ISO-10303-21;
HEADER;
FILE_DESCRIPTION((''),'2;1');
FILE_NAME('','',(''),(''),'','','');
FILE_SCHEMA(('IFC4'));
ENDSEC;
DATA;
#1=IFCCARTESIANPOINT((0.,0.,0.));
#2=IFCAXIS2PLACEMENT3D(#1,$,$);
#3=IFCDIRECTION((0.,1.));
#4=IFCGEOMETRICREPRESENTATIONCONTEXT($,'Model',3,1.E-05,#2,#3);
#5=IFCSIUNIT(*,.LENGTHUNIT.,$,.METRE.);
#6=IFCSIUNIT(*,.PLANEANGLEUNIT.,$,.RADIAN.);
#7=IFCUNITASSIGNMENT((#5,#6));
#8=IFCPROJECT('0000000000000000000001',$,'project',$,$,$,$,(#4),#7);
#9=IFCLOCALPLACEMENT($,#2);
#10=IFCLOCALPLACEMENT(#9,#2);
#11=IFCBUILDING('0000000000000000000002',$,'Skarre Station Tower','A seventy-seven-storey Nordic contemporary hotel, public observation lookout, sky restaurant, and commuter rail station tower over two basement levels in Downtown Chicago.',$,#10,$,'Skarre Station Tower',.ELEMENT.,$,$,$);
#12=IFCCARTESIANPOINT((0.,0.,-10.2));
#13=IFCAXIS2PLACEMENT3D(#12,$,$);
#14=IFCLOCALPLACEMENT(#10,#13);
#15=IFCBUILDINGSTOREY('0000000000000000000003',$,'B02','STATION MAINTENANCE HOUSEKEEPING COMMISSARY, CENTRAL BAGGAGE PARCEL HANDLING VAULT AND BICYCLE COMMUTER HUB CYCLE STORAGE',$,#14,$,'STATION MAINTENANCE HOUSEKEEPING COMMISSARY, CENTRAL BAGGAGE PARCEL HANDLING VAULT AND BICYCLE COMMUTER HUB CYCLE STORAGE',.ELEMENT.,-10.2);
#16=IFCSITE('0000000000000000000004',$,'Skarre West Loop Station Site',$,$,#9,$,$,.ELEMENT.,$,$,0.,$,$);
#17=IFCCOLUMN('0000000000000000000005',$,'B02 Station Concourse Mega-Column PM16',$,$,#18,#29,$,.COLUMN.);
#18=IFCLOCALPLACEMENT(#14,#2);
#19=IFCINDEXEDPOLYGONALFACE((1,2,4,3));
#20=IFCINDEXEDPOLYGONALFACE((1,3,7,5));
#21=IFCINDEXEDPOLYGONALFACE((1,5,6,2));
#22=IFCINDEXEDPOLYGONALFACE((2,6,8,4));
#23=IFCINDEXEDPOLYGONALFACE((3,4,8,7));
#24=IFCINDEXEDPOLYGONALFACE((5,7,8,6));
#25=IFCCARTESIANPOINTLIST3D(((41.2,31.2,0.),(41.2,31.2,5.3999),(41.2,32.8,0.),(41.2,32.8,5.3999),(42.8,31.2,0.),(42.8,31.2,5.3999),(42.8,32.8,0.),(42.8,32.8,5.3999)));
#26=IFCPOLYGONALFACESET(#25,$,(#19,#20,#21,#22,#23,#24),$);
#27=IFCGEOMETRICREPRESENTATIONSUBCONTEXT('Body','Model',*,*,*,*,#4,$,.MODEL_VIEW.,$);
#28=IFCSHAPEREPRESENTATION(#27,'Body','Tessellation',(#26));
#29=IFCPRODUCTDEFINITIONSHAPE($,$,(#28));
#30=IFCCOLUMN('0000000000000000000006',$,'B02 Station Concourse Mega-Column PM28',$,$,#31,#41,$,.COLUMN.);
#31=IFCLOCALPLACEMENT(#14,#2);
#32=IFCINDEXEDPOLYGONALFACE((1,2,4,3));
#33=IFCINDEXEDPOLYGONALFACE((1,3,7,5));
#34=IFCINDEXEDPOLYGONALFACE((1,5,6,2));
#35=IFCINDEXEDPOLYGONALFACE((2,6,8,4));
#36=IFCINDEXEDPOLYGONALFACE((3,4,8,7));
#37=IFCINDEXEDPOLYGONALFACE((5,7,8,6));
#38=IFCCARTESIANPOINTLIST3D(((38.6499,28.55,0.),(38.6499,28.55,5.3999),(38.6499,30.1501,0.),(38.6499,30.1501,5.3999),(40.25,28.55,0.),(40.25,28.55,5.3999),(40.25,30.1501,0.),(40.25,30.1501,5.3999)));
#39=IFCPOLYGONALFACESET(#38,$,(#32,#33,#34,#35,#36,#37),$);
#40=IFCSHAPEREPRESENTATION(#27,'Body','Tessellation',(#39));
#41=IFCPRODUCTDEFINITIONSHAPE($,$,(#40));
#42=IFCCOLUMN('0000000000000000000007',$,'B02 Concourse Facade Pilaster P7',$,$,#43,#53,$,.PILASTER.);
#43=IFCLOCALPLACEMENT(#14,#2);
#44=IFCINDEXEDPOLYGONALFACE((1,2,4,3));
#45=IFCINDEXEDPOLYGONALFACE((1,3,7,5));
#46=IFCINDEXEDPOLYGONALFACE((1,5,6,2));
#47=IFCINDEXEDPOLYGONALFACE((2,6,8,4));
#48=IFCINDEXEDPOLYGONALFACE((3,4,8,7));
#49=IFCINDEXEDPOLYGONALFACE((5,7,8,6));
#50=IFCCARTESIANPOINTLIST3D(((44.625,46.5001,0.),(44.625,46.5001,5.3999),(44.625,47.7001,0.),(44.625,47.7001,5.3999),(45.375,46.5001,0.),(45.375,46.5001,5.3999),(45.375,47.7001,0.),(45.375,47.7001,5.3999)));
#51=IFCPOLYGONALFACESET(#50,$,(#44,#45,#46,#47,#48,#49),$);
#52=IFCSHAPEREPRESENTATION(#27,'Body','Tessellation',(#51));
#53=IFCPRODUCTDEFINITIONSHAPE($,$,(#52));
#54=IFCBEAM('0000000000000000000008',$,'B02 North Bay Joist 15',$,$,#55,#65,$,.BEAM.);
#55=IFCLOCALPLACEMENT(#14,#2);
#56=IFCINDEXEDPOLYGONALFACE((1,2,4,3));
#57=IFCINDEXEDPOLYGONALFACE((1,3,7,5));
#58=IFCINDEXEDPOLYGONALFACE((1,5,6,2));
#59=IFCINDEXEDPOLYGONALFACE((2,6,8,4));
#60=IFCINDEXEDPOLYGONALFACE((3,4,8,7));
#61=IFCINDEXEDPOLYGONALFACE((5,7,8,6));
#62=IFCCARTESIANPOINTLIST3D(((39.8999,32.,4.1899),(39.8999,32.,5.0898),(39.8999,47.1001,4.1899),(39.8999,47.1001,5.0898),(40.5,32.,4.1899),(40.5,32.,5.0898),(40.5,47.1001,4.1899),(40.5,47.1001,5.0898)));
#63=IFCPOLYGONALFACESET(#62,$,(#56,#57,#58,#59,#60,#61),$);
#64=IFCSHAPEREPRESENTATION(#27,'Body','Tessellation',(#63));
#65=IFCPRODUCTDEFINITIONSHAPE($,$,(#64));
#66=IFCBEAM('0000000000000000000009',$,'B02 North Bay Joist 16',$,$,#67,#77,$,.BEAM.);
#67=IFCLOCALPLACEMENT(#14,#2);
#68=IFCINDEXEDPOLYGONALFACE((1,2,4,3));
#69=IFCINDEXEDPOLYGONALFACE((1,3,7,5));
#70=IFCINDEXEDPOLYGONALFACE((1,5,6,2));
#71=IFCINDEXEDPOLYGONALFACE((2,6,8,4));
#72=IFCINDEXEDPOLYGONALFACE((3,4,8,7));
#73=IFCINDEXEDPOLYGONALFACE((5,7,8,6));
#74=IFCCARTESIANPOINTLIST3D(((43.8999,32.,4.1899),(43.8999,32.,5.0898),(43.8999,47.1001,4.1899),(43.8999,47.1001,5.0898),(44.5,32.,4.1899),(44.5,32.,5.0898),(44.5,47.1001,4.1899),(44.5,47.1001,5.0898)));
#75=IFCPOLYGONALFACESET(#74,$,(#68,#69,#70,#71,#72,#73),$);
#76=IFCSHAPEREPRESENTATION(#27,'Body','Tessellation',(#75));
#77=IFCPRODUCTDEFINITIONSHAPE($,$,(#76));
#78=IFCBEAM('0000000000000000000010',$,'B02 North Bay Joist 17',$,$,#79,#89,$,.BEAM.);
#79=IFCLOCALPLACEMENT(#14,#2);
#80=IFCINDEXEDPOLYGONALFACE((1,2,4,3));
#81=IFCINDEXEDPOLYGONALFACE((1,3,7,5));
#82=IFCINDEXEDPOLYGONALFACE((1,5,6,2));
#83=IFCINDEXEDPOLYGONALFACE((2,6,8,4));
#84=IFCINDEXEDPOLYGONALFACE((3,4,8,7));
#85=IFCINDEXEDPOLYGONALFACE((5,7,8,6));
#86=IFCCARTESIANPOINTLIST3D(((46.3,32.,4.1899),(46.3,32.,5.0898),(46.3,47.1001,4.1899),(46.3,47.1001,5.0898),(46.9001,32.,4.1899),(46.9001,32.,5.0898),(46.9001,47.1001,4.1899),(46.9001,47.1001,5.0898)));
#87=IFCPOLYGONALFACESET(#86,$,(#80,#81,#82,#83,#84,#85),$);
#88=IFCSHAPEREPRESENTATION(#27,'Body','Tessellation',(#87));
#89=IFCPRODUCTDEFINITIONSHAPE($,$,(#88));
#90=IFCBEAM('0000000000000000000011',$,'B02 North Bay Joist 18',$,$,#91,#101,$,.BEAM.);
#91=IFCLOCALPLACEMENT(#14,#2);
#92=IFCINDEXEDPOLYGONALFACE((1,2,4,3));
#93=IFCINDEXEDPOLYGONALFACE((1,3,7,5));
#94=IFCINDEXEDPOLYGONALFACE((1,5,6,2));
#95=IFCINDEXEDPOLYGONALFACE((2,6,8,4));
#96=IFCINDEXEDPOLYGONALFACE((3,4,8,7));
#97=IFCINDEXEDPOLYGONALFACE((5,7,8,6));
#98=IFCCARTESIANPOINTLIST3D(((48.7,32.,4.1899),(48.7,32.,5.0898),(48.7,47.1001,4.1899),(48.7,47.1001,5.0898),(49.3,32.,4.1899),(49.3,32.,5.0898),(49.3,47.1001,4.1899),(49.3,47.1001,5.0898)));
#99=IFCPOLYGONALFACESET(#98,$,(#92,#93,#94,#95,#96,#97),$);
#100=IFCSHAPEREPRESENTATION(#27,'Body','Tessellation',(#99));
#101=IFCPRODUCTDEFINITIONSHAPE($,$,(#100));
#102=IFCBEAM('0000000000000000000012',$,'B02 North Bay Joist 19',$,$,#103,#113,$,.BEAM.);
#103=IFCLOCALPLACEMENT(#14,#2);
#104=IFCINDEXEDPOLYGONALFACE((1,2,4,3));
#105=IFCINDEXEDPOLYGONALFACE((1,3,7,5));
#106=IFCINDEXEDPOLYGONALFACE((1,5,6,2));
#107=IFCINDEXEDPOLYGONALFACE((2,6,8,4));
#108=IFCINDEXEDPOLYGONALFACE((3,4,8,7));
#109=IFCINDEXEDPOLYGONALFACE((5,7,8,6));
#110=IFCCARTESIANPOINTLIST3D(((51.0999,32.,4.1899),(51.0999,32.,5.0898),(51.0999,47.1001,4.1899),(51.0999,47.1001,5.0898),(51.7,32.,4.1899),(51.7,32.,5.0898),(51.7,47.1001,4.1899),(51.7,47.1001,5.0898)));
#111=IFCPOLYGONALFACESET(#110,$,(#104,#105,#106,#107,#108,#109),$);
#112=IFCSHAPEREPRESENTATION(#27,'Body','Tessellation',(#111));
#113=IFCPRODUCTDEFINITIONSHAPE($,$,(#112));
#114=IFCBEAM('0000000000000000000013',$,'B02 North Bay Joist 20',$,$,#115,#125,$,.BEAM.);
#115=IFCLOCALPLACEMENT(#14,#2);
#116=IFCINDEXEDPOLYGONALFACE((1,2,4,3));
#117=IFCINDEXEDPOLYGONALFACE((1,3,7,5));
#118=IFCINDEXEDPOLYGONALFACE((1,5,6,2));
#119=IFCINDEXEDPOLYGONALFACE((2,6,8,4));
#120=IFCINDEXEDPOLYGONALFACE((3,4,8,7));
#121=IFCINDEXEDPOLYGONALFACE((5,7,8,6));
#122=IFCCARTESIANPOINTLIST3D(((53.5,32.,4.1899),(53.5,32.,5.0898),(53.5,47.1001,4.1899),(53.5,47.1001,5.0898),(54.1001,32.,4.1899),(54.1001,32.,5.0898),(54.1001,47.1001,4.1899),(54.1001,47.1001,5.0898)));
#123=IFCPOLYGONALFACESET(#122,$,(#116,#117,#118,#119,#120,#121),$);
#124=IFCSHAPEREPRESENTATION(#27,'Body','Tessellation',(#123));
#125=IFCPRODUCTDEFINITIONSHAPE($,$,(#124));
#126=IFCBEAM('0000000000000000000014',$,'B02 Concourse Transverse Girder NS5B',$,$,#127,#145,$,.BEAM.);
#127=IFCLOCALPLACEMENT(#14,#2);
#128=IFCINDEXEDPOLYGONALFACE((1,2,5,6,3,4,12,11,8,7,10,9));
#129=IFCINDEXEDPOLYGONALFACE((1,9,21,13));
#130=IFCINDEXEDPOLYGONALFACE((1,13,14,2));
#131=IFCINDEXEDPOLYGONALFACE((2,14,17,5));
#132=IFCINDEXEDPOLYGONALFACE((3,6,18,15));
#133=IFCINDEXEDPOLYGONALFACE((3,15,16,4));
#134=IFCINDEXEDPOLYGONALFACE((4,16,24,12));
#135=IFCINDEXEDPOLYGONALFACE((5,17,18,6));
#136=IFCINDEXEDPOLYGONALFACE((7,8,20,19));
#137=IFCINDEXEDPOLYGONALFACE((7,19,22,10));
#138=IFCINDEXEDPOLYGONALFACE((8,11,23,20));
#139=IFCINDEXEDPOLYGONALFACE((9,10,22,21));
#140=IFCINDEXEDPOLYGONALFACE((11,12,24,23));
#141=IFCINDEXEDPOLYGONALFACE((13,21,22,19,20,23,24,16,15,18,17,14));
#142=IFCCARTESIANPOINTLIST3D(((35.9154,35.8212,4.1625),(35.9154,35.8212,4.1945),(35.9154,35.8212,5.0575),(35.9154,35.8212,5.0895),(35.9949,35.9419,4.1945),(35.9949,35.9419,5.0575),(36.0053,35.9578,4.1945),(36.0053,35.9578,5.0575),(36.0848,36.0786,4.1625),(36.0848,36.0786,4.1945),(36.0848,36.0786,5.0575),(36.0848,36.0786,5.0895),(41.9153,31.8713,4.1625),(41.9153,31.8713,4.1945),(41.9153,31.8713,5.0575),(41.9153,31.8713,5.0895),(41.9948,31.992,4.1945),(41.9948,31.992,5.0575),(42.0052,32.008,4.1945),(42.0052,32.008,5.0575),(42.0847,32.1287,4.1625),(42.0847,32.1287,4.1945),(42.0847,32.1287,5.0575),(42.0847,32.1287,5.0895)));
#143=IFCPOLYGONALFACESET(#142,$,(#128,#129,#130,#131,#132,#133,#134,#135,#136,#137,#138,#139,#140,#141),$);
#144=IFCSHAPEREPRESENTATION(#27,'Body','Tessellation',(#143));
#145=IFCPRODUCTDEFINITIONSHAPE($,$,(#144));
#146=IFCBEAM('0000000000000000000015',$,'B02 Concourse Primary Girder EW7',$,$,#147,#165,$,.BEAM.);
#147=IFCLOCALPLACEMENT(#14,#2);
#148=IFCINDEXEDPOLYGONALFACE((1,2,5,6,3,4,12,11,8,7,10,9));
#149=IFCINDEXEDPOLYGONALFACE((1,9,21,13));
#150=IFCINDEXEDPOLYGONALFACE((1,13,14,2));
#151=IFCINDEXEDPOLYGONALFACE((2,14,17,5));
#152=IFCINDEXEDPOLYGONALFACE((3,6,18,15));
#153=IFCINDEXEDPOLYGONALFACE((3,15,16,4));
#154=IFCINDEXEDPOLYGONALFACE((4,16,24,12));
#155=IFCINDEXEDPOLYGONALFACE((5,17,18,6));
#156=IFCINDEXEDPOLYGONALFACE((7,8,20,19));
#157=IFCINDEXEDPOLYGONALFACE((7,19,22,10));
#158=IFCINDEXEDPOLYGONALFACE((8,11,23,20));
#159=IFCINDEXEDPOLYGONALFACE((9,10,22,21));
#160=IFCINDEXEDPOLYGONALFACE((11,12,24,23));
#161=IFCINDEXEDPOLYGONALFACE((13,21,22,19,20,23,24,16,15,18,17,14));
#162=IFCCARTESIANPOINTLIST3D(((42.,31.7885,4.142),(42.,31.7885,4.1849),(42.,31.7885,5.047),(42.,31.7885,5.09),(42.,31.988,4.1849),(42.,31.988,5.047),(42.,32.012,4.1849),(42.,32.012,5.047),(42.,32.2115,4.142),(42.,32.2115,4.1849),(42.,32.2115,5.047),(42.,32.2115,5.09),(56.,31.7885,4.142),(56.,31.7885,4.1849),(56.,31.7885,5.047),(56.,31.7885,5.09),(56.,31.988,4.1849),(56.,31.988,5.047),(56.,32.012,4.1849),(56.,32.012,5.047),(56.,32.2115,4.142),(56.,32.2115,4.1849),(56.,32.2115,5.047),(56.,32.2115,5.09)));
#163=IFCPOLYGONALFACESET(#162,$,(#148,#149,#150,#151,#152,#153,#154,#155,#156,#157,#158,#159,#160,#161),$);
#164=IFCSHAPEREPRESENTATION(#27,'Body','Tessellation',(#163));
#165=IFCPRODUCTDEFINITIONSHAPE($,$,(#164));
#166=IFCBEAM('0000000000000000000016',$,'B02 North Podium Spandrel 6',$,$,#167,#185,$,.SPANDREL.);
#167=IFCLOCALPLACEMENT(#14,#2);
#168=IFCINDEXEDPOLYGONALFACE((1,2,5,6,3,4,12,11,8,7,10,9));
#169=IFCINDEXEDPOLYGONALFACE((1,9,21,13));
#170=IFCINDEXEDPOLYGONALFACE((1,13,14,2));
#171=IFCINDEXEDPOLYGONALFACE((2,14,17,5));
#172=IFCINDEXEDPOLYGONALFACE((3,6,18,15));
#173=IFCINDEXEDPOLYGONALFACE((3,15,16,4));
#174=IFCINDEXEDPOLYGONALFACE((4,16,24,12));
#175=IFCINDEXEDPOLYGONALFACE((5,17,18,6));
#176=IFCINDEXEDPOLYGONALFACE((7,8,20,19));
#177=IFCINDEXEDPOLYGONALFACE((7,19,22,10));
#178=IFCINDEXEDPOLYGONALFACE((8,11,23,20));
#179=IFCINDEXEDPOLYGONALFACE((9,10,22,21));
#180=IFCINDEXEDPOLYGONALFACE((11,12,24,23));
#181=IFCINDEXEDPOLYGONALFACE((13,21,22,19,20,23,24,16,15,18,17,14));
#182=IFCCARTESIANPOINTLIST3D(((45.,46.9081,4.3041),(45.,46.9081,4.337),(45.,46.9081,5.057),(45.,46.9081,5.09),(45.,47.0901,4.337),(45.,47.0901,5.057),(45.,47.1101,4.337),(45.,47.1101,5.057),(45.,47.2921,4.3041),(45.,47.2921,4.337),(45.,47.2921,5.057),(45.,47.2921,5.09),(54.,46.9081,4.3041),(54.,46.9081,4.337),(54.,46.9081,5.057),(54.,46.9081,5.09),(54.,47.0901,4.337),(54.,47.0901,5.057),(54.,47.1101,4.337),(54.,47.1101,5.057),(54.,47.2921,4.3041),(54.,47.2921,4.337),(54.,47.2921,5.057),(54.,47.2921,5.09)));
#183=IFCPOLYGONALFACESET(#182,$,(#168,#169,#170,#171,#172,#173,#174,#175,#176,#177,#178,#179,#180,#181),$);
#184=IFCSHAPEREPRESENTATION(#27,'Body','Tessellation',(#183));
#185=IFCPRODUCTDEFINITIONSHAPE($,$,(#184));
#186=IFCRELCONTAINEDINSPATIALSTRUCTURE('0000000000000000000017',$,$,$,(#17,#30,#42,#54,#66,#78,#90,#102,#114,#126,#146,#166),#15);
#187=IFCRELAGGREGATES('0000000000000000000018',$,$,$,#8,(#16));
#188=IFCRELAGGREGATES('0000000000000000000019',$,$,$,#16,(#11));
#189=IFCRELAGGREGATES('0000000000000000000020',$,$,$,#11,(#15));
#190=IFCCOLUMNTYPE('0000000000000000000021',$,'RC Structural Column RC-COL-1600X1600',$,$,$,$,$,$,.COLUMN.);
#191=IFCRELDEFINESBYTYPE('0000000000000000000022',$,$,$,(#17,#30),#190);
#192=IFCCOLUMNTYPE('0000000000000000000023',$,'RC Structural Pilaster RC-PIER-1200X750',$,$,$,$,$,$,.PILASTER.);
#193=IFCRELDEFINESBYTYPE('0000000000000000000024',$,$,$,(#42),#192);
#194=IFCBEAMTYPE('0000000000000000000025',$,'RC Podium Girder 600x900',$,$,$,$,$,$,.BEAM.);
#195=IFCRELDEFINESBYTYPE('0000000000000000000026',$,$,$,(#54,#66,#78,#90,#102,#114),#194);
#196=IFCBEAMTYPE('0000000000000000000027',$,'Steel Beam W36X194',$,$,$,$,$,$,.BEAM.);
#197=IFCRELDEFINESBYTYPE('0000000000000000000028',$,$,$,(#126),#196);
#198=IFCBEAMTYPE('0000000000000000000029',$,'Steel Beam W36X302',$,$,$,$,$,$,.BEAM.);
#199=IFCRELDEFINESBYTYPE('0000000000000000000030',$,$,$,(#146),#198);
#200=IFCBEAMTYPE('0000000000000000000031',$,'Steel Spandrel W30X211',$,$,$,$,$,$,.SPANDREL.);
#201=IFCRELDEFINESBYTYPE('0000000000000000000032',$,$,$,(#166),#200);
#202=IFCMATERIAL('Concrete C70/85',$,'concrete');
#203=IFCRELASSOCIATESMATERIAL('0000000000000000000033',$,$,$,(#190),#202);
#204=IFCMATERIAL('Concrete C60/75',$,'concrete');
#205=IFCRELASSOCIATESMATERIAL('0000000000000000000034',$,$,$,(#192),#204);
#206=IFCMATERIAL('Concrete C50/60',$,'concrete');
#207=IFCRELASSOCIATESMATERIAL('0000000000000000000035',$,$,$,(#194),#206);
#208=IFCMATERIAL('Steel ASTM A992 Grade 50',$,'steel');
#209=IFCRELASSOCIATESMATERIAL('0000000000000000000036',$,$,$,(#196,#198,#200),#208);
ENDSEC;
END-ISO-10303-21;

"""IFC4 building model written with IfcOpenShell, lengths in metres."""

from ifc_helpers import new_model, si_unit, direction, frame, origin, origin_2d, place, context, subcontext, project, spatial, rectangle, i_section, extrude, material, material_profile, profile_set, type_object, element, save


model = new_model("IFC4")

# Units and contexts
model_context = context("Model", 3, precision=1e-05, world=origin(), true_north=direction((0.0, 1.0)))
body_context = subcontext(model_context, "Body", "Model", "MODEL_VIEW")
ifc_project = project(units=[si_unit("LENGTHUNIT", "METRE"), si_unit("PLANEANGLEUNIT", "RADIAN")], contexts=[model_context])

# Site, building, storey
site_placement = place(None, origin())
site = spatial("IfcSite", under=ifc_project, at=site_placement, Name="Skarre West Loop Station Site", CompositionType="ELEMENT", RefElevation=0.0)
building_placement = place(site_placement, origin())
building = spatial("IfcBuilding", under=site, at=building_placement, Name="Skarre Station Tower", Description="A seventy-seven-storey Nordic contemporary hotel, public observation lookout, sky restaurant, and commuter rail station tower over two basement levels in Downtown Chicago.", LongName="Skarre Station Tower", CompositionType="ELEMENT")
storey_placement = place(building_placement, frame((0.0, 0.0, -10.2)))
storey = spatial("IfcBuildingStorey", under=building, at=storey_placement, Name="B02", Description="STATION MAINTENANCE HOUSEKEEPING COMMISSARY, CENTRAL BAGGAGE PARCEL HANDLING VAULT AND BICYCLE COMMUTER HUB CYCLE STORAGE", LongName="STATION MAINTENANCE HOUSEKEEPING COMMISSARY, CENTRAL BAGGAGE PARCEL HANDLING VAULT AND BICYCLE COMMUTER HUB CYCLE STORAGE", CompositionType="ELEMENT", Elevation=-10.2)

# Shared definitions
ifc_material_1 = material(Name="Concrete C50/60", Category="concrete")

# Columns
ifc_material_2 = material(Name="Concrete C60/75", Category="concrete")
ifc_material_3 = material(Name="Concrete C70/85", Category="concrete")
ifc_material_profile_1 = material_profile(ifc_material_3, rectangle(XDim=1.6001, YDim=1.6001, at=origin_2d()), Name="Concrete C70/85")
ifc_profile_set_1 = profile_set([ifc_material_profile_1], Name="Concrete C70/85")
column_type_1 = type_object("IfcColumnType", Name="RC Structural Column RC-COL-1600X1600", PredefinedType="COLUMN", material=ifc_profile_set_1)
for number, where, z_axis, x_axis, name in (
    (1, (42.0, 32.0, 0.0), (0.0, 0.0, 1.0), (1.0, 0.0, 0.0), "B02 Station Concourse Mega-Column PM16"),
    (2, (39.45, 29.3501, 0.0), (0.0, 0.0, 1.0), (1.0, 0.0, 0.0), "B02 Station Concourse Mega-Column PM28"),
):
    element("IfcColumn", number, at=place(storey_placement, frame(where, z_axis=z_axis, x_axis=x_axis)), inside=storey, type_object=column_type_1, Name=name, PredefinedType="COLUMN", context=body_context, shape_type="SweptSolid", body=[
        extrude(rectangle(XDim=1.6001, YDim=1.6001, at=origin_2d()), origin(), (0.0, 0.0, 1.0), 5.3999),
    ])
ifc_material_profile_2 = material_profile(ifc_material_2, rectangle(XDim=0.75, YDim=1.2, at=origin_2d()), Name="Concrete C60/75")
ifc_profile_set_2 = profile_set([ifc_material_profile_2], Name="Concrete C60/75")
column_type_2 = type_object("IfcColumnType", Name="RC Structural Pilaster RC-PIER-1200X750", PredefinedType="PILASTER", material=ifc_profile_set_2)
column_1_placement = place(storey_placement, frame((45.0, 47.1001, 0.0), z_axis=(0.0, 0.0, 1.0), x_axis=(1.0, 0.0, 0.0)))
element("IfcColumn", 3, at=column_1_placement, inside=storey, type_object=column_type_2, Name="B02 Concourse Facade Pilaster P7", PredefinedType="PILASTER", context=body_context, shape_type="SweptSolid", body=[
    extrude(rectangle(XDim=0.75, YDim=1.2, at=origin_2d()), origin(), (0.0, 0.0, 1.0), 5.3999),
])

# Beams
ifc_material_profile_3 = material_profile(ifc_material_1, rectangle(XDim=0.6001, YDim=0.8999, at=origin_2d()), Name="Concrete C50/60")
ifc_profile_set_3 = profile_set([ifc_material_profile_3], Name="Concrete C50/60")
beam_type_1 = type_object("IfcBeamType", Name="RC Podium Girder 600x900", PredefinedType="BEAM", material=ifc_profile_set_3)
for number, where, z_axis, x_axis, name in (
    (4, (40.2, 32.0, 4.6399), (0.0, 1.0, 0.0), (-1.0, 0.0, 0.0), "B02 North Bay Joist 15"),
    (5, (44.2, 32.0, 4.6399), (0.0, 1.0, 0.0), (-1.0, 0.0, 0.0), "B02 North Bay Joist 16"),
    (6, (46.6001, 32.0, 4.6399), (0.0, 1.0, 0.0), (-1.0, 0.0, 0.0), "B02 North Bay Joist 17"),
    (7, (49.0, 32.0, 4.6399), (0.0, 1.0, 0.0), (-1.0, 0.0, 0.0), "B02 North Bay Joist 18"),
    (8, (51.3999, 32.0, 4.6399), (0.0, 1.0, 0.0), (-1.0, 0.0, 0.0), "B02 North Bay Joist 19"),
    (9, (53.8, 32.0, 4.6399), (0.0, 1.0, 0.0), (-1.0, 0.0, 0.0), "B02 North Bay Joist 20"),
):
    element("IfcBeam", number, at=place(storey_placement, frame(where, z_axis=z_axis, x_axis=x_axis)), inside=storey, type_object=beam_type_1, Name=name, PredefinedType="BEAM", context=body_context, shape_type="SweptSolid", body=[
        extrude(rectangle(XDim=0.6001, YDim=0.8999, at=origin_2d()), origin(), (0.0, 0.0, 1.0), 15.1001),
    ])
ifc_material_4 = material(Name="Steel ASTM A992 Grade 50", Category="steel")
ifc_material_profile_4 = material_profile(ifc_material_4, i_section(OverallWidth=0.3081, OverallDepth=0.927, WebThickness=0.019, FlangeThickness=0.032, at=origin_2d()), Name="Steel ASTM A992 Grade 50")
ifc_profile_set_4 = profile_set([ifc_material_profile_4], Name="Steel ASTM A992 Grade 50")
beam_type_2 = type_object("IfcBeamType", Name="Steel Beam W36X194", PredefinedType="BEAM", material=ifc_profile_set_4)
beam_1_placement = place(storey_placement, frame((42.0, 32.0, 4.626), z_axis=(-0.835252, 0.549867, 0.0), x_axis=(-0.549867, -0.835252, 0.0)))
element("IfcBeam", 10, at=beam_1_placement, inside=storey, type_object=beam_type_2, Name="B02 Concourse Transverse Girder NS5B", PredefinedType="BEAM", context=body_context, shape_type="SweptSolid", body=[
    extrude(i_section(OverallWidth=0.3081, OverallDepth=0.927, WebThickness=0.019, FlangeThickness=0.032, at=origin_2d()), origin(), (0.0, 0.0, 1.0), 7.1833),
])
ifc_material_profile_5 = material_profile(ifc_material_4, i_section(OverallWidth=0.4231, OverallDepth=0.948, WebThickness=0.0239, FlangeThickness=0.043, at=origin_2d()), Name="Steel ASTM A992 Grade 50")
ifc_profile_set_5 = profile_set([ifc_material_profile_5], Name="Steel ASTM A992 Grade 50")
beam_type_3 = type_object("IfcBeamType", Name="Steel Beam W36X302", PredefinedType="BEAM", material=ifc_profile_set_5)
beam_2_placement = place(storey_placement, frame((42.0, 32.0, 4.616), z_axis=(1.0, 0.0, 0.0), x_axis=(0.0, 1.0, 0.0)))
element("IfcBeam", 11, at=beam_2_placement, inside=storey, type_object=beam_type_3, Name="B02 Concourse Primary Girder EW7", PredefinedType="BEAM", context=body_context, shape_type="SweptSolid", body=[
    extrude(i_section(OverallWidth=0.4231, OverallDepth=0.948, WebThickness=0.0239, FlangeThickness=0.043, at=origin_2d()), origin(), (0.0, 0.0, 1.0), 14.0),
])
ifc_material_profile_6 = material_profile(ifc_material_4, i_section(OverallWidth=0.384, OverallDepth=0.7859, WebThickness=0.02, FlangeThickness=0.033, at=origin_2d()), Name="Steel ASTM A992 Grade 50")
ifc_profile_set_6 = profile_set([ifc_material_profile_6], Name="Steel ASTM A992 Grade 50")
beam_type_4 = type_object("IfcBeamType", Name="Steel Spandrel W30X211", PredefinedType="SPANDREL", material=ifc_profile_set_6)
beam_3_placement = place(storey_placement, frame((45.0, 47.1001, 4.697), z_axis=(1.0, 0.0, 0.0), x_axis=(0.0, 1.0, 0.0)))
element("IfcBeam", 12, at=beam_3_placement, inside=storey, type_object=beam_type_4, Name="B02 North Podium Spandrel 6", PredefinedType="SPANDREL", context=body_context, shape_type="SweptSolid", body=[
    extrude(i_section(OverallWidth=0.384, OverallDepth=0.7859, WebThickness=0.02, FlangeThickness=0.033, at=origin_2d()), origin(), (0.0, 0.0, 1.0), 9.0),
])

save(model, "model.ifc")
